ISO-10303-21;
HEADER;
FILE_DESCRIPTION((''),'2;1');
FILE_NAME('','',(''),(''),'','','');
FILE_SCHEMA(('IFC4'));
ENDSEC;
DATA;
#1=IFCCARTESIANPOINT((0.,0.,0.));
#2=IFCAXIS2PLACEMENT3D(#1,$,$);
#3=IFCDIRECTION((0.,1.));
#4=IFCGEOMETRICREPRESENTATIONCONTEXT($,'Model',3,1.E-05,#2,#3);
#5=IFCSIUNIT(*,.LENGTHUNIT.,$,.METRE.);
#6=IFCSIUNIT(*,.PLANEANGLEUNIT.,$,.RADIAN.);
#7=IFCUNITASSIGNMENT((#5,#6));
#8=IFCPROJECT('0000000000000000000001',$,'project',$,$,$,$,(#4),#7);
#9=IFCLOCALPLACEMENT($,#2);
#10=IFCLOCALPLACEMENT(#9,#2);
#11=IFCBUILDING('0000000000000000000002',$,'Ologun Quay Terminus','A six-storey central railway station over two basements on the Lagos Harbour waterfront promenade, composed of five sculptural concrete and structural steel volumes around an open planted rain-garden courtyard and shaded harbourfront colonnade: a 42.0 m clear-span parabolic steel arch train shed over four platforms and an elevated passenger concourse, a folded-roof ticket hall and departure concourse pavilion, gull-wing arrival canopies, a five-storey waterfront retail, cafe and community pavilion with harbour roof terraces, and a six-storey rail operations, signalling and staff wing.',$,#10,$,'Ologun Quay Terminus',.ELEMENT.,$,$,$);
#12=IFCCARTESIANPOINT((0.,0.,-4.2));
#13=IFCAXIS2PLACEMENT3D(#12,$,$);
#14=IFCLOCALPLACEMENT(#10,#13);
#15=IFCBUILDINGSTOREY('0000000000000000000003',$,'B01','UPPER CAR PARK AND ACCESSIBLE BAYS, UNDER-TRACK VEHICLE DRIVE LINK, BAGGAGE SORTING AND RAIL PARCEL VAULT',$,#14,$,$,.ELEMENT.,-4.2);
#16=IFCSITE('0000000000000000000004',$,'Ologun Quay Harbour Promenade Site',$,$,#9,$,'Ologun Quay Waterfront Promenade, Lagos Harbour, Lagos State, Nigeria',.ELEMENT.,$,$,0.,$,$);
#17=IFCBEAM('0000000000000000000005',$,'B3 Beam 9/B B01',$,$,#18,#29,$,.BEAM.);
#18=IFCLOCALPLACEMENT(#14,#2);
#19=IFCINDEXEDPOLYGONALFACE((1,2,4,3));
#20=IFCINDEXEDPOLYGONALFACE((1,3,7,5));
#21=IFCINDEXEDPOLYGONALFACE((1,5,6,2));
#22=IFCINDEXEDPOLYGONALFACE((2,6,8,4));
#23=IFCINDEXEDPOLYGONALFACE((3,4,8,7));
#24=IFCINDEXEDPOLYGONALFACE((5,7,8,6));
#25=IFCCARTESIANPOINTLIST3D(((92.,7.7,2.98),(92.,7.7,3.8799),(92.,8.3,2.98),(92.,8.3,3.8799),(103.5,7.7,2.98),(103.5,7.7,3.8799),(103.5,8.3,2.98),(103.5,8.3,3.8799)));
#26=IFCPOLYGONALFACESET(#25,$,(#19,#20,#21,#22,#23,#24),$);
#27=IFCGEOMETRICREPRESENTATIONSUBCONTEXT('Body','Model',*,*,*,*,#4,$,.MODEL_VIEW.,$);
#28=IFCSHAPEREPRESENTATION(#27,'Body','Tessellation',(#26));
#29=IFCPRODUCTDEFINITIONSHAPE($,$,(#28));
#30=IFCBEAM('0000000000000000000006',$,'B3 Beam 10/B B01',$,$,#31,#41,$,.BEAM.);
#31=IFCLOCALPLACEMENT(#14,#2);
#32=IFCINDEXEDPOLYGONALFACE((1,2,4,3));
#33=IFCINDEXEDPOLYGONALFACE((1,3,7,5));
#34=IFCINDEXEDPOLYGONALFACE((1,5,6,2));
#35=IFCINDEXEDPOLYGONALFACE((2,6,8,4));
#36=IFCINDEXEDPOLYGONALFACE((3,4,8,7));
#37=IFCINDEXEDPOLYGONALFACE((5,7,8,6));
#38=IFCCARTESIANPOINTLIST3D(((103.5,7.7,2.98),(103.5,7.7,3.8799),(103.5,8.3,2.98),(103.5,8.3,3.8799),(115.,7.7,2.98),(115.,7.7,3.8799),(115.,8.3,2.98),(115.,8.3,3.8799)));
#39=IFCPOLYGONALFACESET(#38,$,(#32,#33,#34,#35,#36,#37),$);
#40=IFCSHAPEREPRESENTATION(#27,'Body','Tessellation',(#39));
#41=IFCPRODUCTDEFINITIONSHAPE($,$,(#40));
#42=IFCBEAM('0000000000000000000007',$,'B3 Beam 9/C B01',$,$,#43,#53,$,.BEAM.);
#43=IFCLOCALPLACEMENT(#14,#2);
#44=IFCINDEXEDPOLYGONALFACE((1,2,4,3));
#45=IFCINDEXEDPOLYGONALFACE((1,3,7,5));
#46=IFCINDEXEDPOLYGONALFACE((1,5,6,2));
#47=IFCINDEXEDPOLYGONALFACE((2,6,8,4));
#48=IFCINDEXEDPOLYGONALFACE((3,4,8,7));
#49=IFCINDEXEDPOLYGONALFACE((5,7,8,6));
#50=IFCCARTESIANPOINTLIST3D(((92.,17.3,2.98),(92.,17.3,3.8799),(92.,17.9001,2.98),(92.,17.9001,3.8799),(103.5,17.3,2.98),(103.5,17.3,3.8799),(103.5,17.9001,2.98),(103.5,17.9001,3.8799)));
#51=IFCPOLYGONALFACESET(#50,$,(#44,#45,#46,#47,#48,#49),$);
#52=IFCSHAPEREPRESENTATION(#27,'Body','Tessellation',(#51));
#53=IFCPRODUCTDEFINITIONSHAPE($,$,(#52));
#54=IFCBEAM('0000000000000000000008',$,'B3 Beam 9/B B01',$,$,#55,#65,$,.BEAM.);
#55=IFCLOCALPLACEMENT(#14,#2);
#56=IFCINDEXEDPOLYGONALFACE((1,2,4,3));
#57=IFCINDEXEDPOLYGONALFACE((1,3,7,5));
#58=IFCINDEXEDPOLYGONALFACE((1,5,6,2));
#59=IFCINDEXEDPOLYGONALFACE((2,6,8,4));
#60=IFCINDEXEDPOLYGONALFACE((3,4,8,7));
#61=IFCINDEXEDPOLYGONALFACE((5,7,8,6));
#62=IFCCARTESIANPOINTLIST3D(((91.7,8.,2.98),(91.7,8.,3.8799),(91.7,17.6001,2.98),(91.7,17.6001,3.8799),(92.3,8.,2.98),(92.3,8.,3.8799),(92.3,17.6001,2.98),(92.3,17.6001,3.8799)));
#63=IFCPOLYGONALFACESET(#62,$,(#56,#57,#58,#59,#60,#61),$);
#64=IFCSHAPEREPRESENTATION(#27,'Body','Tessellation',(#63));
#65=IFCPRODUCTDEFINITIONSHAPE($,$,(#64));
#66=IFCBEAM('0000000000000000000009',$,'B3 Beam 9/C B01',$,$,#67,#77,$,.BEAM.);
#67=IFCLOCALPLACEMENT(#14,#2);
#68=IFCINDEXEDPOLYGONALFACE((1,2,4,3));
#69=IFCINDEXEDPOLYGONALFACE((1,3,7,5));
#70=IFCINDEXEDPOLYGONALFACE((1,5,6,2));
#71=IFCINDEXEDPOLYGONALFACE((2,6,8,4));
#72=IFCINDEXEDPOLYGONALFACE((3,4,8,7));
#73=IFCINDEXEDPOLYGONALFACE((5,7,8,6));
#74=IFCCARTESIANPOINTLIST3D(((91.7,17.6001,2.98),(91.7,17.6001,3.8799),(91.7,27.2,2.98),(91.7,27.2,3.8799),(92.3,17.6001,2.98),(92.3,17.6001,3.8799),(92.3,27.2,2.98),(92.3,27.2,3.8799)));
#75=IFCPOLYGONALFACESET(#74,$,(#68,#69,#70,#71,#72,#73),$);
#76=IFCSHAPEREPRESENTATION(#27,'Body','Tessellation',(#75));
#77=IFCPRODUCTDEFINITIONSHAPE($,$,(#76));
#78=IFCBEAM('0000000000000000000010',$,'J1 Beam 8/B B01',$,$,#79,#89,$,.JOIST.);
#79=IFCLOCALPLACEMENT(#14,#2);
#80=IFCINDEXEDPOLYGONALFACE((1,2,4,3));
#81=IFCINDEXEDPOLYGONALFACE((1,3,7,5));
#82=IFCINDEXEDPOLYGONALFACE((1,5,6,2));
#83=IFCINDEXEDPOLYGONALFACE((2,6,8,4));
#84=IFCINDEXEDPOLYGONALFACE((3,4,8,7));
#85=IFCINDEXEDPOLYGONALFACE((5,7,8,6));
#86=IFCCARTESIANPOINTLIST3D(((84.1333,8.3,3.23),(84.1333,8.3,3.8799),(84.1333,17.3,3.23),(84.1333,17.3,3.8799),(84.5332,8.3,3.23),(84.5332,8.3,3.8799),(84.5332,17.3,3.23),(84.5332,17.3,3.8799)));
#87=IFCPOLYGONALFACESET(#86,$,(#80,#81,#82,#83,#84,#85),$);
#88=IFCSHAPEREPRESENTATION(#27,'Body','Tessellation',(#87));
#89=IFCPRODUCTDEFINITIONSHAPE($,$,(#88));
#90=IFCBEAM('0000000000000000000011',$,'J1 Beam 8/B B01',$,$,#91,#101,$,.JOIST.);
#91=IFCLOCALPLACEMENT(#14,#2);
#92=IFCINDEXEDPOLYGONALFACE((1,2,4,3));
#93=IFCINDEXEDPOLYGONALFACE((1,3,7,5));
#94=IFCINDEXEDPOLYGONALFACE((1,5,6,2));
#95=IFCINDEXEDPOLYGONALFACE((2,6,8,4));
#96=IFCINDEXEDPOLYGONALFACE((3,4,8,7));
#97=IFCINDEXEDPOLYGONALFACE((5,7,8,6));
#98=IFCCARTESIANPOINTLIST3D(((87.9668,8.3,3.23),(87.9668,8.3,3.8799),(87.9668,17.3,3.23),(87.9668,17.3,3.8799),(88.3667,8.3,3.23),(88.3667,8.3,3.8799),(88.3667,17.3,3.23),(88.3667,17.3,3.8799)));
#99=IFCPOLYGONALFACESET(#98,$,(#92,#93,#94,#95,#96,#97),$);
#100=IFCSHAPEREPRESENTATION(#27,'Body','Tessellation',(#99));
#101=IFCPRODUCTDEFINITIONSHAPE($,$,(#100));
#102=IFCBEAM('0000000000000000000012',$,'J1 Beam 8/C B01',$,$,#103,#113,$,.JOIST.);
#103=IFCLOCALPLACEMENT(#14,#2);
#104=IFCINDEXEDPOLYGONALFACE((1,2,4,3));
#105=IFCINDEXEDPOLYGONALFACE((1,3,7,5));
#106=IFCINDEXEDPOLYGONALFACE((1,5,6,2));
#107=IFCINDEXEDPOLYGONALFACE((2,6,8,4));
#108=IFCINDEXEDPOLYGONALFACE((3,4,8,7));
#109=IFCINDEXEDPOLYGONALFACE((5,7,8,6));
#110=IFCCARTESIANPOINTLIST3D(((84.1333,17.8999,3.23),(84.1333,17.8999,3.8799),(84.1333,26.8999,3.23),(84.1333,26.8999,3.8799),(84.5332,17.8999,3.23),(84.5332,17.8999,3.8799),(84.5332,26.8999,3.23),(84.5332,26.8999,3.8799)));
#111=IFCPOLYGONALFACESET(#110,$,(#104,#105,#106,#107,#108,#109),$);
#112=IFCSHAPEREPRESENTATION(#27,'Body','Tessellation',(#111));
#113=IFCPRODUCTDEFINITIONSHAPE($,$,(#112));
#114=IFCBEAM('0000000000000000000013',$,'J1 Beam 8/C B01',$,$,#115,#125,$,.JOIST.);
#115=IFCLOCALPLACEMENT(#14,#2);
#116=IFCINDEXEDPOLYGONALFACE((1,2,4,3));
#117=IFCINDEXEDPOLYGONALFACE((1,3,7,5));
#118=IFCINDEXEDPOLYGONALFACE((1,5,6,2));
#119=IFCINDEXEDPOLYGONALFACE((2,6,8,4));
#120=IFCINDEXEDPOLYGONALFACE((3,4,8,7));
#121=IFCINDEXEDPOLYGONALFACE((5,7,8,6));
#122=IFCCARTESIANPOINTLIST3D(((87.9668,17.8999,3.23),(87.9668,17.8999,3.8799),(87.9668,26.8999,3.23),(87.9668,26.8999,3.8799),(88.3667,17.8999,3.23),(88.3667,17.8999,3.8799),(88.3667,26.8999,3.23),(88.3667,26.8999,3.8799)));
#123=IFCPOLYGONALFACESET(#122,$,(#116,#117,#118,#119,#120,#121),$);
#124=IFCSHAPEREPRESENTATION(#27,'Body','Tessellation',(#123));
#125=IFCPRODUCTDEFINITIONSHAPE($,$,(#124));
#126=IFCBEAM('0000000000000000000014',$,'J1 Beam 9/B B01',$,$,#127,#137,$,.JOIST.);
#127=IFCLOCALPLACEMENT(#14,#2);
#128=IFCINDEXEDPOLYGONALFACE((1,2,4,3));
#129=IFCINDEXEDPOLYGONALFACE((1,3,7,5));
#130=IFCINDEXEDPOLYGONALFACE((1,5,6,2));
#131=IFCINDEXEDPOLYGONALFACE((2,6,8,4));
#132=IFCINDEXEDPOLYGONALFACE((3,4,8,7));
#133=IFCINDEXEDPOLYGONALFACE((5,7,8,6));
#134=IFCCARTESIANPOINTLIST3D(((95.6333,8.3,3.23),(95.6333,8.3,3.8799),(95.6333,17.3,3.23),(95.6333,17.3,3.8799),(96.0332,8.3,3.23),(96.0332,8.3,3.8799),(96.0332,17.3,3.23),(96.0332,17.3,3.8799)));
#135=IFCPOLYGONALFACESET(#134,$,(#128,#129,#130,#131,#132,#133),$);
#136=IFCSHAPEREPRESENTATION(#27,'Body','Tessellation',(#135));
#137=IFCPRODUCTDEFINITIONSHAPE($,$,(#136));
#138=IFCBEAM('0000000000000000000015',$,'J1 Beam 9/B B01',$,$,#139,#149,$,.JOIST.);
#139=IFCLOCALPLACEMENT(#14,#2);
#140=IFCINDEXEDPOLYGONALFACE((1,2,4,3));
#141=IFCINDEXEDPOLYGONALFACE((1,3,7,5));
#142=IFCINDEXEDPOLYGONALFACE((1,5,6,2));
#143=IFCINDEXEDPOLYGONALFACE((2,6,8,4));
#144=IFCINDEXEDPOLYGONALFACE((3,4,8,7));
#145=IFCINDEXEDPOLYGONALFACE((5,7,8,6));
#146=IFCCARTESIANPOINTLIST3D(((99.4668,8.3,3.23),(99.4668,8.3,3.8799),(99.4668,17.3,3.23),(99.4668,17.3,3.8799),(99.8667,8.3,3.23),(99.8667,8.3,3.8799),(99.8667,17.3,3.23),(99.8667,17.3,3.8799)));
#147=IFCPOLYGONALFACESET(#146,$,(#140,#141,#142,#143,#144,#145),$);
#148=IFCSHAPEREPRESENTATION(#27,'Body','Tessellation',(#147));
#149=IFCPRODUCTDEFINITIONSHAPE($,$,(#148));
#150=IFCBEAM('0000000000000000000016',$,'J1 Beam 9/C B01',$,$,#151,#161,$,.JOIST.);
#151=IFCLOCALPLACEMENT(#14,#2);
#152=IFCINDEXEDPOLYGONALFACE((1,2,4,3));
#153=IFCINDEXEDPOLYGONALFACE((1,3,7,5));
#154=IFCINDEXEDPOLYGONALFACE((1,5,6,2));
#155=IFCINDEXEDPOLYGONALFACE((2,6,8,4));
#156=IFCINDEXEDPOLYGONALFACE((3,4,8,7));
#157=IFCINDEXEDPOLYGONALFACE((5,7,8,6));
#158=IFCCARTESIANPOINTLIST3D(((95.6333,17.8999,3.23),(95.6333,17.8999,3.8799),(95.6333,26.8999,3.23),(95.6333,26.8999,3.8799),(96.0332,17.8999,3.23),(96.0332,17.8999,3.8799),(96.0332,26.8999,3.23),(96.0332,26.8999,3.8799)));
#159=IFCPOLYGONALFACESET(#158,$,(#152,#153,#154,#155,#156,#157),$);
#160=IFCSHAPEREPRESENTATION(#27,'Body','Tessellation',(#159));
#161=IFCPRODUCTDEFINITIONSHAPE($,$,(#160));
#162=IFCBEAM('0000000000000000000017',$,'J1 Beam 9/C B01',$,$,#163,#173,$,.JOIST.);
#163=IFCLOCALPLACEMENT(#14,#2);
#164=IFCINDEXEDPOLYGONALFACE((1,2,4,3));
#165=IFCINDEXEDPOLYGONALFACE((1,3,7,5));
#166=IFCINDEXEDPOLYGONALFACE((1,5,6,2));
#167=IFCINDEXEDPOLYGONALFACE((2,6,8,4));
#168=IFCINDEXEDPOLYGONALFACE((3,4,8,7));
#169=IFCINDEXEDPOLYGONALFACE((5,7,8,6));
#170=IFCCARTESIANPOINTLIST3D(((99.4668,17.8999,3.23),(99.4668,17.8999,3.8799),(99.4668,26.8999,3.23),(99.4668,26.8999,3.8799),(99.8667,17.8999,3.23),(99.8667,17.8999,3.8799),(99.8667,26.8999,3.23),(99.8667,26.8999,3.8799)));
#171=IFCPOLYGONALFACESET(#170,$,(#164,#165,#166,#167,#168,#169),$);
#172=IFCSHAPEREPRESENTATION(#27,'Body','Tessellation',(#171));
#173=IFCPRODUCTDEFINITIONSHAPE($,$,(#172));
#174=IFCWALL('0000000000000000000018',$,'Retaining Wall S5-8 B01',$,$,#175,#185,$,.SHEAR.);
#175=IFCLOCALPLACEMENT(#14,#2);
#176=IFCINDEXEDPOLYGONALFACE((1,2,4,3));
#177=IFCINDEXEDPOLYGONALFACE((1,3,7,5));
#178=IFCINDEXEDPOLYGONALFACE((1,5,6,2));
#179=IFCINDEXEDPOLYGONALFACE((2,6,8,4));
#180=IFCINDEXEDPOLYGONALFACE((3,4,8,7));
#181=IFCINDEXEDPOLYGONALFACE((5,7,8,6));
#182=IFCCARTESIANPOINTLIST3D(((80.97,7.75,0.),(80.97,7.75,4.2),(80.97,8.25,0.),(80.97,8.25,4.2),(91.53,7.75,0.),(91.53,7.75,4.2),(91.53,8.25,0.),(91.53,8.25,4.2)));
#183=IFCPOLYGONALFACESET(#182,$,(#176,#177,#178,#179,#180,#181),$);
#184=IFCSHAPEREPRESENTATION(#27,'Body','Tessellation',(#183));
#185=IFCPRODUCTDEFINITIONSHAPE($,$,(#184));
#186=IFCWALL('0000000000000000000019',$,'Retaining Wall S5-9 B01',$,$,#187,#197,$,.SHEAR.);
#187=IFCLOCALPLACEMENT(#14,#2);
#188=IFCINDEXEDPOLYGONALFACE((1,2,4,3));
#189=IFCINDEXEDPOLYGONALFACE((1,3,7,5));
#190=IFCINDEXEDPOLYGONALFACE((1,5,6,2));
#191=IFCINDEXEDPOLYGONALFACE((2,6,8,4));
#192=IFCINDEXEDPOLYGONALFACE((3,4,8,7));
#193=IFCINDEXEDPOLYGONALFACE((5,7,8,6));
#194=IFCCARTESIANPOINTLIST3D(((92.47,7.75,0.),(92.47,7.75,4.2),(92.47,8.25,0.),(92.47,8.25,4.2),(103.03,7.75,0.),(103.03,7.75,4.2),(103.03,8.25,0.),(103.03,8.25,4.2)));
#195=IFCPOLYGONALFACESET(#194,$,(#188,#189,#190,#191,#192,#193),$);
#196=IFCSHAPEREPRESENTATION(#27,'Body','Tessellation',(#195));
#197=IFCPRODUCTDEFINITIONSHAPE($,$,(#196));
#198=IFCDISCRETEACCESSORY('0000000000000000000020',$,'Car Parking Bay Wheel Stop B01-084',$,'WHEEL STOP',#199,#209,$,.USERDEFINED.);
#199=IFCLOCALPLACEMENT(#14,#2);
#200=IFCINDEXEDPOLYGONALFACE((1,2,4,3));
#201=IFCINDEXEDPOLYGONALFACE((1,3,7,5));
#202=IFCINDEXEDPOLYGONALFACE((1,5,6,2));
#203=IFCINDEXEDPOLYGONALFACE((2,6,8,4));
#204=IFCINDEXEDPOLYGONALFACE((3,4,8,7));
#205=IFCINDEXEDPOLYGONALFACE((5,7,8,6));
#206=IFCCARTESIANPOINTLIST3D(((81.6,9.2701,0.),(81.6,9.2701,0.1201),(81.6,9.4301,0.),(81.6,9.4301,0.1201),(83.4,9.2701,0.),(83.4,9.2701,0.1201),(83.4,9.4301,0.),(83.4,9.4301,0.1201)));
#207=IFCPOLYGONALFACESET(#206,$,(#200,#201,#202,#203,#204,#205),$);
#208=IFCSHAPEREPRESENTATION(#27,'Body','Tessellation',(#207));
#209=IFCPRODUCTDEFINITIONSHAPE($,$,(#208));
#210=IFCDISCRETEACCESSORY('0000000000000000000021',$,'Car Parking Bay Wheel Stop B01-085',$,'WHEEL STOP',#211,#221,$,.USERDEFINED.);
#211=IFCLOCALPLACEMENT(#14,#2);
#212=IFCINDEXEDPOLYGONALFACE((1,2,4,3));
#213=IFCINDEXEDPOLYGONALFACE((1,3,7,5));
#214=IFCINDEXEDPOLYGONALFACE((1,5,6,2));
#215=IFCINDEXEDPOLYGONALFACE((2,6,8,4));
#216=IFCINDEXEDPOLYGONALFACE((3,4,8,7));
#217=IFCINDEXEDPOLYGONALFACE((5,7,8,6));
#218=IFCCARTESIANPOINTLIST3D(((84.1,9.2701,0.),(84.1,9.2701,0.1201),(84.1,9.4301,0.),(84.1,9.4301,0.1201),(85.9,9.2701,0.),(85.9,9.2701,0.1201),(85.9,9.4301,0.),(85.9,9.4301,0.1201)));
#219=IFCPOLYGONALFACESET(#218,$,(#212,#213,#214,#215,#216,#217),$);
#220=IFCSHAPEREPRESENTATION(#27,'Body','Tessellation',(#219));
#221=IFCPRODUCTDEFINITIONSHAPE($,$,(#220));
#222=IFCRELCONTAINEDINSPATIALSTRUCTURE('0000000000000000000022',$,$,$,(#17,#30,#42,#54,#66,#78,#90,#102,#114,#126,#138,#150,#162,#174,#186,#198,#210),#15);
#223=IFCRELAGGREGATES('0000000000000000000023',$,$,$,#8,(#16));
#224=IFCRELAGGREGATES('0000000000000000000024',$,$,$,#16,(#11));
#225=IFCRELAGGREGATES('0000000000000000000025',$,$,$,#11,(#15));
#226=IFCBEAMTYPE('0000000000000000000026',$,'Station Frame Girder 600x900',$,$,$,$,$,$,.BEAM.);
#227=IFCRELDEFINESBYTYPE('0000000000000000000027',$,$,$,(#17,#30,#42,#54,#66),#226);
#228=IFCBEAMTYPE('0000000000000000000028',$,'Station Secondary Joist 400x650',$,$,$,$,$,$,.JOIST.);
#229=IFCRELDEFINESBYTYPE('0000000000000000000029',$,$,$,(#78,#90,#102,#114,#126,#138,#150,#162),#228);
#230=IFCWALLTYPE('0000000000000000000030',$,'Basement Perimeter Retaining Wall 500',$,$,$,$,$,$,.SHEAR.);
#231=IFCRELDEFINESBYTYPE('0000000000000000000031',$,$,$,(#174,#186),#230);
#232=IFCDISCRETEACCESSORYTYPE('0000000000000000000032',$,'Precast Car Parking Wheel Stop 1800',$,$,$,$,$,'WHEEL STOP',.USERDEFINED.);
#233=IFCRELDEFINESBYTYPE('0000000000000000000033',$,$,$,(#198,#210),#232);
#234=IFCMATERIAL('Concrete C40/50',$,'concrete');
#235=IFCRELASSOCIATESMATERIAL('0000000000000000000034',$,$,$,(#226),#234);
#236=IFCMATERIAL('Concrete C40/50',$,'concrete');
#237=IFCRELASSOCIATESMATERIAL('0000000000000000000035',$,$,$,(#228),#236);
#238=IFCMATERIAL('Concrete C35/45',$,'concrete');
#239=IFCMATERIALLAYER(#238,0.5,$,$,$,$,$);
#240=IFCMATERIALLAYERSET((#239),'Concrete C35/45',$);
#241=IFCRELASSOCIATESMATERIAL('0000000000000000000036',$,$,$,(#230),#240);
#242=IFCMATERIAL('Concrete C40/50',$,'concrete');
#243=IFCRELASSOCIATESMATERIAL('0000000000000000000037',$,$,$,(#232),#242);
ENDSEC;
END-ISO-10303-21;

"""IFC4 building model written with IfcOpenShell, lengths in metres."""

from ifc_helpers import new_model, si_unit, direction, frame, frame_2d, origin, origin_2d, place, context, subcontext, project, spatial, rectangle, extrude, material, layer, layer_set, material_profile, profile_set, type_object, element, save


model = new_model("IFC4")

# Units and contexts
model_context = context("Model", 3, precision=1e-05, world=origin(), true_north=direction((0.0, 1.0)))
body_context = subcontext(model_context, "Body", "Model", "MODEL_VIEW")
ifc_project = project(units=[si_unit("LENGTHUNIT", "METRE"), si_unit("PLANEANGLEUNIT", "RADIAN")], contexts=[model_context])

# Site, building, storey
site_placement = place(None, origin())
site = spatial("IfcSite", under=ifc_project, at=site_placement, Name="Ologun Quay Harbour Promenade Site", LongName="Ologun Quay Waterfront Promenade, Lagos Harbour, Lagos State, Nigeria", CompositionType="ELEMENT", RefElevation=0.0)
building_placement = place(site_placement, origin())
building = spatial("IfcBuilding", under=site, at=building_placement, Name="Ologun Quay Terminus", Description="A six-storey central railway station over two basements on the Lagos Harbour waterfront promenade, composed of five sculptural concrete and structural steel volumes around an open planted rain-garden courtyard and shaded harbourfront colonnade: a 42.0 m clear-span parabolic steel arch train shed over four platforms and an elevated passenger concourse, a folded-roof ticket hall and departure concourse pavilion, gull-wing arrival canopies, a five-storey waterfront retail, cafe and community pavilion with harbour roof terraces, and a six-storey rail operations, signalling and staff wing.", LongName="Ologun Quay Terminus", CompositionType="ELEMENT")
storey_placement = place(building_placement, frame((0.0, 0.0, -4.2)))
storey = spatial("IfcBuildingStorey", under=building, at=storey_placement, Name="B01", Description="UPPER CAR PARK AND ACCESSIBLE BAYS, UNDER-TRACK VEHICLE DRIVE LINK, BAGGAGE SORTING AND RAIL PARCEL VAULT", CompositionType="ELEMENT", Elevation=-4.2)

# Beams
ifc_material_1 = material(Name="Concrete C40/50", Category="concrete")
ifc_material_profile_1 = material_profile(ifc_material_1, rectangle(XDim=0.6001, YDim=0.8999, at=origin_2d()), Name="RC 600x900")
ifc_profile_set_1 = profile_set([ifc_material_profile_1], Name="Concrete C40/50")
beam_type_1 = type_object("IfcBeamType", Name="Station Frame Girder 600x900", PredefinedType="BEAM", material=ifc_profile_set_1)
for number, where, z_axis, x_axis, name in (
    (1, (92.0, 8.0, 3.4299), (1.0, 0.0, 0.0), (0.0, 1.0, 0.0), "B3 Beam 9/B B01"),
    (2, (103.5, 8.0, 3.4299), (1.0, 0.0, 0.0), (0.0, 1.0, 0.0), "B3 Beam 10/B B01"),
    (3, (92.0, 17.6001, 3.4299), (1.0, 0.0, 0.0), (0.0, 1.0, 0.0), "B3 Beam 9/C B01"),
):
    element("IfcBeam", number, at=place(storey_placement, frame(where, z_axis=z_axis, x_axis=x_axis)), inside=storey, type_object=beam_type_1, Name=name, PredefinedType="BEAM", context=body_context, shape_type="SweptSolid", body=[
        extrude(rectangle(XDim=0.6001, YDim=0.8999, at=origin_2d()), origin(), (0.0, 0.0, 1.0), 11.5),
    ])
beam_1_placement = place(storey_placement, frame((92.0, 8.0, 3.4299), z_axis=(0.0, 1.0, 0.0), x_axis=(-1.0, 0.0, 0.0)))
element("IfcBeam", 4, at=beam_1_placement, inside=storey, type_object=beam_type_1, Name="B3 Beam 9/B B01", PredefinedType="BEAM", context=body_context, shape_type="SweptSolid", body=[
    extrude(rectangle(XDim=0.6001, YDim=0.8999, at=origin_2d()), origin(), (0.0, 0.0, 1.0), 9.6001),
])
beam_2_placement = place(storey_placement, frame((92.0, 17.6001, 3.4299), z_axis=(0.0, 1.0, 0.0), x_axis=(-1.0, 0.0, 0.0)))
element("IfcBeam", 5, at=beam_2_placement, inside=storey, type_object=beam_type_1, Name="B3 Beam 9/C B01", PredefinedType="BEAM", context=body_context, shape_type="SweptSolid", body=[
    extrude(rectangle(XDim=0.6001, YDim=0.8999, at=origin_2d()), origin(), (0.0, 0.0, 1.0), 9.5999),
])
ifc_material_2 = material(Name="Concrete C40/50", Category="concrete")
ifc_material_profile_2 = material_profile(ifc_material_2, rectangle(XDim=0.3999, YDim=0.6499, at=origin_2d()), Name="RC 400x650")
ifc_profile_set_2 = profile_set([ifc_material_profile_2], Name="Concrete C40/50")
beam_type_2 = type_object("IfcBeamType", Name="Station Secondary Joist 400x650", PredefinedType="JOIST", material=ifc_profile_set_2)
for number, where, z_axis, x_axis, name in (
    (6, (84.3333, 8.3, 3.5549), (0.0, 1.0, 0.0), (-1.0, 0.0, 0.0), "J1 Beam 8/B B01"),
    (7, (88.1667, 8.3, 3.5549), (0.0, 1.0, 0.0), (-1.0, 0.0, 0.0), "J1 Beam 8/B B01"),
    (8, (84.3333, 17.8999, 3.5549), (0.0, 1.0, 0.0), (-1.0, 0.0, 0.0), "J1 Beam 8/C B01"),
    (9, (88.1667, 17.8999, 3.5549), (0.0, 1.0, 0.0), (-1.0, 0.0, 0.0), "J1 Beam 8/C B01"),
    (10, (95.8333, 8.3, 3.5549), (0.0, 1.0, 0.0), (-1.0, 0.0, 0.0), "J1 Beam 9/B B01"),
    (11, (99.6667, 8.3, 3.5549), (0.0, 1.0, 0.0), (-1.0, 0.0, 0.0), "J1 Beam 9/B B01"),
    (12, (95.8333, 17.8999, 3.5549), (0.0, 1.0, 0.0), (-1.0, 0.0, 0.0), "J1 Beam 9/C B01"),
    (13, (99.6667, 17.8999, 3.5549), (0.0, 1.0, 0.0), (-1.0, 0.0, 0.0), "J1 Beam 9/C B01"),
):
    element("IfcBeam", number, at=place(storey_placement, frame(where, z_axis=z_axis, x_axis=x_axis)), inside=storey, type_object=beam_type_2, Name=name, PredefinedType="JOIST", context=body_context, shape_type="SweptSolid", body=[
        extrude(rectangle(XDim=0.3999, YDim=0.6499, at=origin_2d()), origin(), (0.0, 0.0, 1.0), 9.0),
    ])

# Walls
ifc_material_3 = material(Name="Concrete C35/45", Category="concrete")
ifc_layer = layer(ifc_material_3, 0.5)
ifc_layer_set = layer_set([ifc_layer], Name="Concrete C35/45")
wall_type = type_object("IfcWallType", Name="Basement Perimeter Retaining Wall 500", PredefinedType="SHEAR", material=ifc_layer_set)
for number, where, z_axis, x_axis, name in (
    (14, (80.97, 8.0, 0.0), (0.0, 0.0, 1.0), (1.0, 0.0, 0.0), "Retaining Wall S5-8 B01"),
    (15, (92.47, 8.0, 0.0), (0.0, 0.0, 1.0), (1.0, 0.0, 0.0), "Retaining Wall S5-9 B01"),
):
    element("IfcWall", number, at=place(storey_placement, frame(where, z_axis=z_axis, x_axis=x_axis)), inside=storey, type_object=wall_type, Name=name, PredefinedType="SHEAR", context=body_context, shape_type="SweptSolid", body=[
        extrude(rectangle(XDim=10.5601, YDim=0.5, at=frame_2d((5.28, 0.0))), origin(), (0.0, 0.0, 1.0), 4.2),
    ])

# Discrete accessories
ifc_material_4 = material(Name="Concrete C40/50", Category="concrete")
discrete_accessory_type = type_object("IfcDiscreteAccessoryType", Name="Precast Car Parking Wheel Stop 1800", ElementType="WHEEL STOP", PredefinedType="USERDEFINED", material=ifc_material_4)
for number, where, z_axis, x_axis, name in (
    (16, (82.5, 9.3501, 0.0), (0.0, 0.0, 1.0), (1.0, 0.0, 0.0), "Car Parking Bay Wheel Stop B01-084"),
    (17, (85.0, 9.3501, 0.0), (0.0, 0.0, 1.0), (1.0, 0.0, 0.0), "Car Parking Bay Wheel Stop B01-085"),
):
    element("IfcDiscreteAccessory", number, at=place(storey_placement, frame(where, z_axis=z_axis, x_axis=x_axis)), inside=storey, type_object=discrete_accessory_type, Name=name, ObjectType="WHEEL STOP", PredefinedType="USERDEFINED", context=body_context, shape_type="SweptSolid", body=[
        extrude(rectangle(XDim=1.8, YDim=0.1599, at=origin_2d()), origin(), (0.0, 0.0, 1.0), 0.1201),
    ])

save(model, "model.ifc")
